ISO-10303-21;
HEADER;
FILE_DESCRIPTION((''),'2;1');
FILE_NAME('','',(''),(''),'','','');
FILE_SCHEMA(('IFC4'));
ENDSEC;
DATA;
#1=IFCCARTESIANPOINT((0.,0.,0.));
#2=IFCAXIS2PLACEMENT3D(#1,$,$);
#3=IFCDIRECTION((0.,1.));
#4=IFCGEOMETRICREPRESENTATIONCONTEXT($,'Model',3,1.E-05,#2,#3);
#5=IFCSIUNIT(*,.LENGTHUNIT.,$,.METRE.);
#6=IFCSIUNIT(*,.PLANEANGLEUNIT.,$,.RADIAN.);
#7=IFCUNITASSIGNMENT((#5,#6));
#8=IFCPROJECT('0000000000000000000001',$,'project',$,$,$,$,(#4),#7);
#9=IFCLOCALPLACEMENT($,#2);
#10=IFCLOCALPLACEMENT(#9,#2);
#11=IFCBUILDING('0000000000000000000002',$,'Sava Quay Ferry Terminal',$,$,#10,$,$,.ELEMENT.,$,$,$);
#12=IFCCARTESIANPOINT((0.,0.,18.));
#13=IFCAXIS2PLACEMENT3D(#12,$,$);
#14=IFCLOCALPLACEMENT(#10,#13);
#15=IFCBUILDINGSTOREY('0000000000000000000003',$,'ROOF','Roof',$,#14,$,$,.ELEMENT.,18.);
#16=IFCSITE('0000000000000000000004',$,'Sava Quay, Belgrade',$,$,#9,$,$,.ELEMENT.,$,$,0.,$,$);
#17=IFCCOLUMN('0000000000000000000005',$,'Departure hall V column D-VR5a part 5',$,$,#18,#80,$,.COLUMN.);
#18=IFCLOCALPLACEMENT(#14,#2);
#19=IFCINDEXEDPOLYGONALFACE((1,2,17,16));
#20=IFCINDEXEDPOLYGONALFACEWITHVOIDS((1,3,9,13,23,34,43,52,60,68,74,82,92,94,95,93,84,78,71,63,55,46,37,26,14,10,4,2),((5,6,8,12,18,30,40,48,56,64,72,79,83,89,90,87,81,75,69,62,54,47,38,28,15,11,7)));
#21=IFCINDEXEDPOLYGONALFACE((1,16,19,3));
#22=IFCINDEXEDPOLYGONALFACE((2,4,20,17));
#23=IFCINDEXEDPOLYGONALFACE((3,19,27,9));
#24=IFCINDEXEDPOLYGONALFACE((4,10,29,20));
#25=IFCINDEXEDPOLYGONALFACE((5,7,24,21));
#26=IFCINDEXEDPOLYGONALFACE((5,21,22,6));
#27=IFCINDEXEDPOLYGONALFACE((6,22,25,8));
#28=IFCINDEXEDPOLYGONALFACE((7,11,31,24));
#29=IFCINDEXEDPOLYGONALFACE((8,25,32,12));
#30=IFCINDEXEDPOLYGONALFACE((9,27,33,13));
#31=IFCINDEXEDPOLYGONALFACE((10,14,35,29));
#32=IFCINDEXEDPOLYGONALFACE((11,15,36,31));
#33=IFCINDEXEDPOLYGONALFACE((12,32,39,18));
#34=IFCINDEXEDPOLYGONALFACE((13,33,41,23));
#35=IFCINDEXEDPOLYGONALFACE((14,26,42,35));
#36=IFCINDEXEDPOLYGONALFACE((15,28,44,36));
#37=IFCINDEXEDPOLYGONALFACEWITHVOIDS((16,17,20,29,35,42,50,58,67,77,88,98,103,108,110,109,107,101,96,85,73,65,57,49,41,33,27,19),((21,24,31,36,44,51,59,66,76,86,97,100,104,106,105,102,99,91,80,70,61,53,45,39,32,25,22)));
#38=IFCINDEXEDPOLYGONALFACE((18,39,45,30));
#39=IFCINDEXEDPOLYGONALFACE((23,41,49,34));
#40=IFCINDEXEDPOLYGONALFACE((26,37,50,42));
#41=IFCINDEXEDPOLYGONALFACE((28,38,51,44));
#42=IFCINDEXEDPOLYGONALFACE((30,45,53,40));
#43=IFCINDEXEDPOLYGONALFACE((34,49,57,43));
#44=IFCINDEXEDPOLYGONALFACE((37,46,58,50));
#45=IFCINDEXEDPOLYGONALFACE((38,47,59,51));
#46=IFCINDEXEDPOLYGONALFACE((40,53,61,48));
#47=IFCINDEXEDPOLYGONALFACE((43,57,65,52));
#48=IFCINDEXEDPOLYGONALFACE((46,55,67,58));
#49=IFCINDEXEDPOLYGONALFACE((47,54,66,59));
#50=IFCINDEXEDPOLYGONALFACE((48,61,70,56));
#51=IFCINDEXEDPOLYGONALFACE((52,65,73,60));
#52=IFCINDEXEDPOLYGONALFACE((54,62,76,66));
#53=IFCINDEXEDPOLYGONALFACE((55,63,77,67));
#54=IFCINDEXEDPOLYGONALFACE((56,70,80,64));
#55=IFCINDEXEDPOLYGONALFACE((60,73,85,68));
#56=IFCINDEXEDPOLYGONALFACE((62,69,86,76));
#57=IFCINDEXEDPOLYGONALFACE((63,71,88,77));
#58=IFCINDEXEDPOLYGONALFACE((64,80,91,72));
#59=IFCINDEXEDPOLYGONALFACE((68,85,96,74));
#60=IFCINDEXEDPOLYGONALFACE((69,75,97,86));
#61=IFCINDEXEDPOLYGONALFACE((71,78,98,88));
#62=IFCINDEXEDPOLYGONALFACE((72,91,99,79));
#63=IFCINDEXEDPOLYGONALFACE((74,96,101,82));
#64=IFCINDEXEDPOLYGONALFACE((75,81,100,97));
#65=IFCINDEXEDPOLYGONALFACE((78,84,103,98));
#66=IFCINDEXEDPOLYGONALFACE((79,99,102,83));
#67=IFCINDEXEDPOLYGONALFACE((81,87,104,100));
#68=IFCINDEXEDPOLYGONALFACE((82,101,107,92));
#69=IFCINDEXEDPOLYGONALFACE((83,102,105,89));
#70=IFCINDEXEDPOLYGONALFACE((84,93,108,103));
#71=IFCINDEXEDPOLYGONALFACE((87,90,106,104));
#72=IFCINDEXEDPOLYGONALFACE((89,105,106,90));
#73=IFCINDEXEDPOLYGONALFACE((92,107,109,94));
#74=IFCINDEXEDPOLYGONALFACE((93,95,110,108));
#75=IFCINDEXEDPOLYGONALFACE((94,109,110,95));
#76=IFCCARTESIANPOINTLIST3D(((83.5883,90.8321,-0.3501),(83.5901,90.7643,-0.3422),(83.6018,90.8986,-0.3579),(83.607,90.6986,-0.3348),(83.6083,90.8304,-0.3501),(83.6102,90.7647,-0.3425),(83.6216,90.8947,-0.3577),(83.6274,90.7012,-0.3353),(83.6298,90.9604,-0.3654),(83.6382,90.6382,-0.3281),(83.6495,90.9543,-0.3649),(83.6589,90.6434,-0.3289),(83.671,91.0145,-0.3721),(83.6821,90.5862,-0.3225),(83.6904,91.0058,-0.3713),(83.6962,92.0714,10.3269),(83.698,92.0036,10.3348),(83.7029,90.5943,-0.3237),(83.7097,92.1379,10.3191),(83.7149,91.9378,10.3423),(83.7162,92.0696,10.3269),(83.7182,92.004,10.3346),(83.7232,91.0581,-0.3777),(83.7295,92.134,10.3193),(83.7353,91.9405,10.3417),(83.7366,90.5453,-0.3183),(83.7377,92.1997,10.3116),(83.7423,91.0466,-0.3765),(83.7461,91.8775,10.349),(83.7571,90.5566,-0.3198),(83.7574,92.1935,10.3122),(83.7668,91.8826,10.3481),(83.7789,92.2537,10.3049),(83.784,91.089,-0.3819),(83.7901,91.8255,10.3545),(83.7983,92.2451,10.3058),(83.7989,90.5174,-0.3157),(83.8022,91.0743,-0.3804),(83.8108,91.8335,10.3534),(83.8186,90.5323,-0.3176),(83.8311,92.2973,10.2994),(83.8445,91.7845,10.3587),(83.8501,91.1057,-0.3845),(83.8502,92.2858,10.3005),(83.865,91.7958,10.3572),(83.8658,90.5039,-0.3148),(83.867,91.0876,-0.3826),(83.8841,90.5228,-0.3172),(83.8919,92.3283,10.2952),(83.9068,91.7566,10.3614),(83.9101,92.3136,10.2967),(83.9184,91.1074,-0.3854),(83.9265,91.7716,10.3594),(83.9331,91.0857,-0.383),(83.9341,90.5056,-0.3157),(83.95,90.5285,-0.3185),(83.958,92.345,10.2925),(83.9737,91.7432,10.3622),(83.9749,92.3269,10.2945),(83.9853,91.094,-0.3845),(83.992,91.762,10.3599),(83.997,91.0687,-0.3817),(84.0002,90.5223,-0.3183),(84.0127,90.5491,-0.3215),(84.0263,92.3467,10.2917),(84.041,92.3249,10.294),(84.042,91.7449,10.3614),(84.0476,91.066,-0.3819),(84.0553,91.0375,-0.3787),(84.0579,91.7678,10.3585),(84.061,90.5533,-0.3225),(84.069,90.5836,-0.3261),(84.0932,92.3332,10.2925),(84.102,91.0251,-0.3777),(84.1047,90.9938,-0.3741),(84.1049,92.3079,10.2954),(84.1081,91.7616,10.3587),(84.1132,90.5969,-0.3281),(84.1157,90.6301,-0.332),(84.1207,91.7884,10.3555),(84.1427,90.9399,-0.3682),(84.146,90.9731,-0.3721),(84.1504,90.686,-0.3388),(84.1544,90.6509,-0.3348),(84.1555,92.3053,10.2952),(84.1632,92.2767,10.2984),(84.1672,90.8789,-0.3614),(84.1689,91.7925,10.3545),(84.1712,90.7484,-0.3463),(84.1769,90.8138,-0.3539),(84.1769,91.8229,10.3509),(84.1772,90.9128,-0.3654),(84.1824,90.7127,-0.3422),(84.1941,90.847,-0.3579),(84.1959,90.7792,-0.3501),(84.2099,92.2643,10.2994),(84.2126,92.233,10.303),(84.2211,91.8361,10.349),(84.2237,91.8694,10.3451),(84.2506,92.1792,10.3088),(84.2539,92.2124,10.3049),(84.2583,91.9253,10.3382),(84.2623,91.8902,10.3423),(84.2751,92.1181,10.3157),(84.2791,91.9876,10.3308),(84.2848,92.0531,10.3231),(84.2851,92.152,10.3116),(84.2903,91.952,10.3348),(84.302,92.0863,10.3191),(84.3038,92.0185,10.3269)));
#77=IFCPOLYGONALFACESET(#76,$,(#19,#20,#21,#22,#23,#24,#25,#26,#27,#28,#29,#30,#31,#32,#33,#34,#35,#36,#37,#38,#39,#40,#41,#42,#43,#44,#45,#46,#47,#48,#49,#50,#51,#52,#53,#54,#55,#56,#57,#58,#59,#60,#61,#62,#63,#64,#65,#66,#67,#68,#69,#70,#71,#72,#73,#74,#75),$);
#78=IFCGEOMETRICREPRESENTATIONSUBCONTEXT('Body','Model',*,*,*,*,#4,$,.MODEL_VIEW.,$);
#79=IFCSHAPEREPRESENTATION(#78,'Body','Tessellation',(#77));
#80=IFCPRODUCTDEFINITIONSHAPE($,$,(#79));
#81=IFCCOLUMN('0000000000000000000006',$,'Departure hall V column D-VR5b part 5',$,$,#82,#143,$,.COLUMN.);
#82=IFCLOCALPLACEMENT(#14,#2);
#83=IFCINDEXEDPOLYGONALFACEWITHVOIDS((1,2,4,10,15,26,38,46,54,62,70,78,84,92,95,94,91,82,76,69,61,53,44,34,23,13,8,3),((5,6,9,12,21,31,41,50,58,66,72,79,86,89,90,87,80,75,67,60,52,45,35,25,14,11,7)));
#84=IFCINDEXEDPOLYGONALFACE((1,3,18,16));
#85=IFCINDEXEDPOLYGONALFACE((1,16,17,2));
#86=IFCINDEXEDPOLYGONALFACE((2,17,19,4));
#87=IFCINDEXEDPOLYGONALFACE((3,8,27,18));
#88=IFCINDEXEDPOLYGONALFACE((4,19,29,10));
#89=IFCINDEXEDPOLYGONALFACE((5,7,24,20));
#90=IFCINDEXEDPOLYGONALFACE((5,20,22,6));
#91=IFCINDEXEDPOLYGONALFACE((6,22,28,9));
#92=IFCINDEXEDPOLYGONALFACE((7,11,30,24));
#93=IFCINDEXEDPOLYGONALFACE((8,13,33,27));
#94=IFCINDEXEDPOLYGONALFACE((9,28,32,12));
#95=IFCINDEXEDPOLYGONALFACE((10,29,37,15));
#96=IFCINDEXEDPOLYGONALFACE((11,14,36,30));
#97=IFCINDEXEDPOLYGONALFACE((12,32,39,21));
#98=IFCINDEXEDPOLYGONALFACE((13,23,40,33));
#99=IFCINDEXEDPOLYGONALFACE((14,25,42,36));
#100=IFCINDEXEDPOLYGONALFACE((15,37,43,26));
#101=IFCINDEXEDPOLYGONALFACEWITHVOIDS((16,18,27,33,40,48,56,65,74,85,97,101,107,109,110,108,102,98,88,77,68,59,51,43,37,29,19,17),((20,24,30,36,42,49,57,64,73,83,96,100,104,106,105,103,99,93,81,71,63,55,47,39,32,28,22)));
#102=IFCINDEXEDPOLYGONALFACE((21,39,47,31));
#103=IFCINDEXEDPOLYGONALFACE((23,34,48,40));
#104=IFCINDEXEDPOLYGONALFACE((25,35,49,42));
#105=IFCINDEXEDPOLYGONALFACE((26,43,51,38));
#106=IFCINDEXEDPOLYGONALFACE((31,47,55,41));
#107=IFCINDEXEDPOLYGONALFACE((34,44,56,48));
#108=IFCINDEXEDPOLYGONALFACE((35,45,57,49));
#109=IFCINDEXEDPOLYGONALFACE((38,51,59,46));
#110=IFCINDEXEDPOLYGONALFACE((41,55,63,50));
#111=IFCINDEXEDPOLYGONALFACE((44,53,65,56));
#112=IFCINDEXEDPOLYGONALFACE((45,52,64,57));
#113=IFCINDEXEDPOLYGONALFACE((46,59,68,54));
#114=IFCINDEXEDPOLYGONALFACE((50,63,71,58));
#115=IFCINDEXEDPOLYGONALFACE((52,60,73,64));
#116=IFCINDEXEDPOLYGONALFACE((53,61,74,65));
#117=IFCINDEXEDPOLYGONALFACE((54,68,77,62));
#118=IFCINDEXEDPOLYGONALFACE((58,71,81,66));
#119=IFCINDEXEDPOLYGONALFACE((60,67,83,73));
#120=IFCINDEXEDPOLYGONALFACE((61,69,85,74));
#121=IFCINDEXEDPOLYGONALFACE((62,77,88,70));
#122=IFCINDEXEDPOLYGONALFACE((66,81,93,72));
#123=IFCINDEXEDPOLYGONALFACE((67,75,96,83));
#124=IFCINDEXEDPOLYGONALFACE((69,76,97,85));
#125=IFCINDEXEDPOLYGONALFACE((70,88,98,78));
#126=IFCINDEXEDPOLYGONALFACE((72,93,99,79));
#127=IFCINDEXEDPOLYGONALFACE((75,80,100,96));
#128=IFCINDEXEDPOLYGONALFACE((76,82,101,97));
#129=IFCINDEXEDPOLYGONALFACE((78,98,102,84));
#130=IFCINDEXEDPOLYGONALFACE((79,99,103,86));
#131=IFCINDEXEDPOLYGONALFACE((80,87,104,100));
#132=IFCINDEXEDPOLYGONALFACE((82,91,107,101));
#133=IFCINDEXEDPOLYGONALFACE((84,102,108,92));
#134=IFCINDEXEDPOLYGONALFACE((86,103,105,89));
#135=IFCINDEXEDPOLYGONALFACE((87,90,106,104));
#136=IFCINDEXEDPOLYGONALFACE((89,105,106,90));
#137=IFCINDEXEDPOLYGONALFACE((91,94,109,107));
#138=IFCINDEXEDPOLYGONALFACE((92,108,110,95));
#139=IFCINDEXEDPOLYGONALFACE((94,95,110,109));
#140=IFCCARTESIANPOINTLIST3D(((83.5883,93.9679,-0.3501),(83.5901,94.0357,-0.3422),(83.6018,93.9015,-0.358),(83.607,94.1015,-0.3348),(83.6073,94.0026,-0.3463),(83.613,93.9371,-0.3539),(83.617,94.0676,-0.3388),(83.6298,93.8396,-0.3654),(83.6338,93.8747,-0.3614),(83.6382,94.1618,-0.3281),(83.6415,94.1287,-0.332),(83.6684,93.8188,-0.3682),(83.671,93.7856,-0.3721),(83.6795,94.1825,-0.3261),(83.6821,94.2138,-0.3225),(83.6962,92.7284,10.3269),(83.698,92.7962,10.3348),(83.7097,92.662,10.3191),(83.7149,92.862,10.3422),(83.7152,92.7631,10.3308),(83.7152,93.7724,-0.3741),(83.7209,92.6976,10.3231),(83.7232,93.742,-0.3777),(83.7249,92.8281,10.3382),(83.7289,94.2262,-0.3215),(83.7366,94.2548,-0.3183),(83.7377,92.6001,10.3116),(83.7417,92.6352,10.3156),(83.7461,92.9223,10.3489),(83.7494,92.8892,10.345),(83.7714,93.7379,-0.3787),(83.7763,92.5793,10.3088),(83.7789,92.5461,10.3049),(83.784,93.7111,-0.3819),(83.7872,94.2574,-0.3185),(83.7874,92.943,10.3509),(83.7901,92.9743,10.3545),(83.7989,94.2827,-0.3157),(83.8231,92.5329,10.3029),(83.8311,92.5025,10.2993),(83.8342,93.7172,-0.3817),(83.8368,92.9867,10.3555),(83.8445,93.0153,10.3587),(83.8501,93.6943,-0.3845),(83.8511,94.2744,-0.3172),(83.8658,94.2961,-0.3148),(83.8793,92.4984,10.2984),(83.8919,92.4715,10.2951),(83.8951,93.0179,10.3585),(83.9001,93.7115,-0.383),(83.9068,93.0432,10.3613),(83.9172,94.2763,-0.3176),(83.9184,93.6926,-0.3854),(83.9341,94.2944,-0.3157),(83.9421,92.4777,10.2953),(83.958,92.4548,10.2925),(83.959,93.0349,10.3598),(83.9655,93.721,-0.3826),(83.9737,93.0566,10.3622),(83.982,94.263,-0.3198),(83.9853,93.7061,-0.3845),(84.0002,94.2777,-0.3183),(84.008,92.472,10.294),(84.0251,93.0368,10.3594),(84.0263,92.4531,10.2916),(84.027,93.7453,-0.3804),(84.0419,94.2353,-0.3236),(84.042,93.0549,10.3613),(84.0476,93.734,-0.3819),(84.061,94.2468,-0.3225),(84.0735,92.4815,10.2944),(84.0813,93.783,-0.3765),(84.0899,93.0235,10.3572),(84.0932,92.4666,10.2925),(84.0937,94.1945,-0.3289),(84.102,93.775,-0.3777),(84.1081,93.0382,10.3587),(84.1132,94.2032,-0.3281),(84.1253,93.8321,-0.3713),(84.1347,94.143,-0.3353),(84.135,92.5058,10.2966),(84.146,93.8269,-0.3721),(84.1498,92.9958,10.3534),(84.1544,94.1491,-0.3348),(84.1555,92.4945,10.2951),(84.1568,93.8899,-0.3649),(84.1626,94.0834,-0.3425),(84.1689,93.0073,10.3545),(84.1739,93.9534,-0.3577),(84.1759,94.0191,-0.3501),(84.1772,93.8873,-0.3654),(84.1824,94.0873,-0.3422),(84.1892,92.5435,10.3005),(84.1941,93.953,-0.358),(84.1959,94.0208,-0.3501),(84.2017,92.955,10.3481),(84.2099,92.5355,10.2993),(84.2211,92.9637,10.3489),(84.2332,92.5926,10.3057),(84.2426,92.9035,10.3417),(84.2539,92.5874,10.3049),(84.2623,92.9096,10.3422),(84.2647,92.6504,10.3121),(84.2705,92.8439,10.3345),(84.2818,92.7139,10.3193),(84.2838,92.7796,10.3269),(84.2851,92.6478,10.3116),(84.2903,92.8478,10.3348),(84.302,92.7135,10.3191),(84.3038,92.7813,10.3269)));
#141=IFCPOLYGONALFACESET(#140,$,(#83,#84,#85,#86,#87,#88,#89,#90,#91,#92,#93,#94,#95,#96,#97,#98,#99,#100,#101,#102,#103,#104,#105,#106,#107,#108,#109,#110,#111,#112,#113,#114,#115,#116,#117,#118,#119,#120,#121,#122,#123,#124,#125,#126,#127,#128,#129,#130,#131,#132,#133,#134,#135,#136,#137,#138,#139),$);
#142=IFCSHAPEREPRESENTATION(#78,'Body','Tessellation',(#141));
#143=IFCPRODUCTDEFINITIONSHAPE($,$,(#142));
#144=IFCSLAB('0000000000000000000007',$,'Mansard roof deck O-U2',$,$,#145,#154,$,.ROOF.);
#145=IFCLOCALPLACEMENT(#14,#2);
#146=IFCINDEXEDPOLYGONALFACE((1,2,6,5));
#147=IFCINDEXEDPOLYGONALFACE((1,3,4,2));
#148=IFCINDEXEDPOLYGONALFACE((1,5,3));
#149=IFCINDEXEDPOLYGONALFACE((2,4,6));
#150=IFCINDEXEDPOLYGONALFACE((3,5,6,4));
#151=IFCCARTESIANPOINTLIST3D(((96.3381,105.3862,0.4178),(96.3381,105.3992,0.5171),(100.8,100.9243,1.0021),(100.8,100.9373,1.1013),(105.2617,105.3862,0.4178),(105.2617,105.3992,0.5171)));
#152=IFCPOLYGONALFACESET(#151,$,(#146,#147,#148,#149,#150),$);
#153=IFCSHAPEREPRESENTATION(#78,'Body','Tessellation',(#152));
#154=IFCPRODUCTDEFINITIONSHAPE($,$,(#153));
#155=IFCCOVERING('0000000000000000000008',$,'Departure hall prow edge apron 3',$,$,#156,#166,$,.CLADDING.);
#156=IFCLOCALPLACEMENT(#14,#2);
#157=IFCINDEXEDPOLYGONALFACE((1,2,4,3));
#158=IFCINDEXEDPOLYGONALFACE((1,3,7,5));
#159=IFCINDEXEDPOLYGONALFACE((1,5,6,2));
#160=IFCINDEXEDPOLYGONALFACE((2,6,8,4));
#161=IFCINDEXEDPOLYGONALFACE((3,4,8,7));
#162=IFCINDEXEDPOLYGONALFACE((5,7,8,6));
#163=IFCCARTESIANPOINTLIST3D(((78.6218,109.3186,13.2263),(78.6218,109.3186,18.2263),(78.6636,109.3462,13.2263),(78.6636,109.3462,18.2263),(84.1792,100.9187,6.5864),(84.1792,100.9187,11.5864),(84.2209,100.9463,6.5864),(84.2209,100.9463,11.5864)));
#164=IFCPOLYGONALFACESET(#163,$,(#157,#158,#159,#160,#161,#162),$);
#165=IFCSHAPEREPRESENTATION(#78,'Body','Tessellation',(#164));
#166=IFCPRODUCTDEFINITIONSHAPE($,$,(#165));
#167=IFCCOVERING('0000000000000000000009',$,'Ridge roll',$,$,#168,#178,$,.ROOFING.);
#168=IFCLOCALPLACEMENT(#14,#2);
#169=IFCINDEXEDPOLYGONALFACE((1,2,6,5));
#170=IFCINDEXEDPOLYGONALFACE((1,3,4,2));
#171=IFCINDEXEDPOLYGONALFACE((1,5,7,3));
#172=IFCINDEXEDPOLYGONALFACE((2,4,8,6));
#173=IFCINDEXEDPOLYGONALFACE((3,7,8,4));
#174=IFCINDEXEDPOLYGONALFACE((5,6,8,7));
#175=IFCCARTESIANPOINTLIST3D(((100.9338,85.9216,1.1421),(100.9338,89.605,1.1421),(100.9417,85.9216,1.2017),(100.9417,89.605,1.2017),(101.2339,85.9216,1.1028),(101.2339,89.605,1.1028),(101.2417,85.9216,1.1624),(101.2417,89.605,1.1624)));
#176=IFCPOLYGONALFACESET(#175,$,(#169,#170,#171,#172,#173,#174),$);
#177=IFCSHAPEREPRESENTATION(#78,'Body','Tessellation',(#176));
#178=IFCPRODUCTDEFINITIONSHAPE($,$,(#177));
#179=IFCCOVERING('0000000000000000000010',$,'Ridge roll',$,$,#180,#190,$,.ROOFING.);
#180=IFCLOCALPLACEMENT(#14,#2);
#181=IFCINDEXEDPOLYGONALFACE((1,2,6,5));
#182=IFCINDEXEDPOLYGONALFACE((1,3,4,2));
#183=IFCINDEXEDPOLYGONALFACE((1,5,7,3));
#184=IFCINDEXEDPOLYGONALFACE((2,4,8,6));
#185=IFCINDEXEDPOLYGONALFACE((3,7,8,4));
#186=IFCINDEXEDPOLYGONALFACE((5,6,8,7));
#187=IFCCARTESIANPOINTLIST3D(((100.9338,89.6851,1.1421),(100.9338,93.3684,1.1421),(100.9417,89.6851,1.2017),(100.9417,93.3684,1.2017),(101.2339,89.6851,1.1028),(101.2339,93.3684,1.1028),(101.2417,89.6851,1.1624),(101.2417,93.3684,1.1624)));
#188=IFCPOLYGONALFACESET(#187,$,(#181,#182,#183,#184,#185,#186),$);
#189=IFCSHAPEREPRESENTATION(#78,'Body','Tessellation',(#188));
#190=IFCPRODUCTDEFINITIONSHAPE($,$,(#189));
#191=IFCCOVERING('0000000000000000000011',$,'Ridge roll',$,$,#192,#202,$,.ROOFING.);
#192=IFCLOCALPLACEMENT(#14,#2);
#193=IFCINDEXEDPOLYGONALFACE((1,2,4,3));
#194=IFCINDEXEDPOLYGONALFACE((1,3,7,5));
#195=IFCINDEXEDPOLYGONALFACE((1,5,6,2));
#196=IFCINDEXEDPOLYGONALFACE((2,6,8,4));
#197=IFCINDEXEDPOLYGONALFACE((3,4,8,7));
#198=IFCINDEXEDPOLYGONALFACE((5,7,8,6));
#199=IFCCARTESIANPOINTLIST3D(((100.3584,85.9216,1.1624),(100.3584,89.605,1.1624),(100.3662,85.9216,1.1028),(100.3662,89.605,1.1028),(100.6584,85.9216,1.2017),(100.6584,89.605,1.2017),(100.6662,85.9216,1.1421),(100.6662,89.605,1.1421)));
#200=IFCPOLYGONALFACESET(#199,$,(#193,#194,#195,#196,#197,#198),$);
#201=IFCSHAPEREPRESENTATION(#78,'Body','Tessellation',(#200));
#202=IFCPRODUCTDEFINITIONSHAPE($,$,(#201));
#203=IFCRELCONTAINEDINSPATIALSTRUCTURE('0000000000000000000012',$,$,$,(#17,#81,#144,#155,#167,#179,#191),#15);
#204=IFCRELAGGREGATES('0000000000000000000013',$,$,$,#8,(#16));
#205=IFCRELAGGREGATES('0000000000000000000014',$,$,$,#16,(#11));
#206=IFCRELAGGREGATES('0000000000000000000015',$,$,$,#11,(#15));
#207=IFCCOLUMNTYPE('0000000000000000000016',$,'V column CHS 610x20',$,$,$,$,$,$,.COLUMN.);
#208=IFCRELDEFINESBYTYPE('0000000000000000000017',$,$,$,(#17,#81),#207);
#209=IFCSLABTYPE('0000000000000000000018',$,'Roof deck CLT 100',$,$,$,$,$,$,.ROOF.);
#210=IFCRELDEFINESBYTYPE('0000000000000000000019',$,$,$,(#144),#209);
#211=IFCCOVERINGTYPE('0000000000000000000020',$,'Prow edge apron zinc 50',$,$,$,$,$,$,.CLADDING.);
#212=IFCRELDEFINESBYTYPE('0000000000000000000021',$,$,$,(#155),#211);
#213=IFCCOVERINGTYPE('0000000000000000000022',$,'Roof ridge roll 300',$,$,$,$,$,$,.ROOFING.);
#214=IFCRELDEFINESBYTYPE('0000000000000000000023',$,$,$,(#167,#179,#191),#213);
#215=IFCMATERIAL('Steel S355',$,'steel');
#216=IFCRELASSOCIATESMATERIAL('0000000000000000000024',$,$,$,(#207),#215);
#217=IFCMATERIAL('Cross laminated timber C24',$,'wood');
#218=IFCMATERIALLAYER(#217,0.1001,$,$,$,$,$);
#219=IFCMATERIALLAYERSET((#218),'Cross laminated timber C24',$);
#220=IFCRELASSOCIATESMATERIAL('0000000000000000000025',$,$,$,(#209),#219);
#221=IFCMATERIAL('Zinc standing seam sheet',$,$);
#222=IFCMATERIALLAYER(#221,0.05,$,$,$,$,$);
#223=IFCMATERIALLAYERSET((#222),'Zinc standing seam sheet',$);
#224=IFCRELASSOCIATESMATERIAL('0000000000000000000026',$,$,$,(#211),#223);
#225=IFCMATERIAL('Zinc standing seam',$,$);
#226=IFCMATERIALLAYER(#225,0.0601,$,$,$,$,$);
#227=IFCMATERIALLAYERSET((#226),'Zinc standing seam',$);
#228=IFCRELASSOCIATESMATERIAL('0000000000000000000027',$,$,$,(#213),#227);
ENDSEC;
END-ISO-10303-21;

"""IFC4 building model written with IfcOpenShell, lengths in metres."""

from ifc_helpers import new_model, si_unit, direction, frame, origin, origin_2d, place, context, subcontext, project, spatial, polyline, hollow_circle, outline, extrude, material, layer, layer_set, material_profile, profile_set, type_object, element, save


model = new_model("IFC4")

# Units and contexts
model_context = context("Model", 3, precision=1e-05, world=origin(), true_north=direction((0.0, 1.0)))
body_context = subcontext(model_context, "Body", "Model", "MODEL_VIEW")
ifc_project = project(units=[si_unit("LENGTHUNIT", "METRE"), si_unit("PLANEANGLEUNIT", "RADIAN")], contexts=[model_context])

# Site, building, storey
site_placement = place(None, origin())
site = spatial("IfcSite", under=ifc_project, at=site_placement, Name="Sava Quay, Belgrade", CompositionType="ELEMENT", RefElevation=0.0)
building_placement = place(site_placement, origin())
building = spatial("IfcBuilding", under=site, at=building_placement, Name="Sava Quay Ferry Terminal", CompositionType="ELEMENT")
storey_placement = place(building_placement, frame((0.0, 0.0, 18.0)))
storey = spatial("IfcBuildingStorey", under=building, at=storey_placement, Name="ROOF", Description="Roof", CompositionType="ELEMENT", Elevation=18.0)

# Columns
ifc_material_1 = material(Name="Steel S355", Category="steel")
ifc_material_profile = material_profile(ifc_material_1, hollow_circle(Radius=0.3049, WallThickness=0.02, at=origin_2d()), Name="CHS 610 x 20.0")
ifc_profile_set = profile_set([ifc_material_profile], Name="Steel S355")
column_type = type_object("IfcColumnType", Name="V column CHS 610x20", PredefinedType="COLUMN", material=ifc_profile_set)
for number, where, z_axis, x_axis, name in (
    (1, (83.8921, 90.8057, -0.3501), (0.010039, 0.115288, 0.993281), (-0.99623, 0.086748, 0.0), "Departure hall V column D-VR5a part 5"),
    (2, (83.8921, 93.9944, -0.3501), (0.010039, -0.115311, 0.993279), (0.996232, 0.086731, 0.0), "Departure hall V column D-VR5b part 5"),
):
    element("IfcColumn", number, at=place(storey_placement, frame(where, z_axis=z_axis, x_axis=x_axis)), inside=storey, type_object=column_type, Name=name, PredefinedType="COLUMN", context=body_context, shape_type="SweptSolid", body=[
        extrude(hollow_circle(Radius=0.3049, WallThickness=0.02, at=origin_2d()), origin(), (0.0, 0.0, 1.0), 10.7493),
    ])

# Slab
ifc_material_2 = material(Name="Cross laminated timber C24", Category="wood")
ifc_layer_1 = layer(ifc_material_2, 0.1001)
ifc_layer_set_1 = layer_set([ifc_layer_1], Name="Cross laminated timber C24")
slab_type = type_object("IfcSlabType", Name="Roof deck CLT 100", PredefinedType="ROOF", material=ifc_layer_set_1)
slab_1_placement = place(storey_placement, frame((105.2617, 105.3992, 0.5171), z_axis=(0.0, 0.129829, 0.991536), x_axis=(-0.704076, -0.704114, 0.092194)))
element("IfcSlab", 3, at=slab_1_placement, inside=storey, type_object=slab_type, Name="Mansard roof deck O-U2", PredefinedType="ROOF", context=body_context, shape_type="SweptSolid", body=[
    extrude(outline(polyline([(0.0, 0.0), (6.3369, 0.0), (6.2829, -6.3369), (0.0, 0.0)])), origin(), (0.0, 0.0, -1.0), 0.1001),
])

# Coverings
ifc_material_3 = material(Name="Zinc standing seam sheet")
ifc_layer_2 = layer(ifc_material_3, 0.05)
ifc_layer_set_2 = layer_set([ifc_layer_2], Name="Zinc standing seam sheet")
covering_type_1 = type_object("IfcCoveringType", Name="Prow edge apron zinc 50", PredefinedType="CLADDING", material=ifc_layer_set_2)
covering_1_placement = place(storey_placement, frame((84.2209, 100.9463, 6.5864), z_axis=(0.833996, 0.551771, 0.0), x_axis=(-0.460672, 0.6963, 0.550406)))
element("IfcCovering", 4, at=covering_1_placement, inside=storey, type_object=covering_type_1, Name="Departure hall prow edge apron 3", PredefinedType="CLADDING", context=body_context, shape_type="SweptSolid", body=[
    extrude(outline(polyline([(0.0, 0.0), (12.0636, 0.0), (14.8157, 4.1745), (2.752, 4.1745), (0.0, 0.0)])), origin(), (0.0, 0.0, -1.0), 0.05),
])
ifc_material_4 = material(Name="Zinc standing seam")
ifc_layer_3 = layer(ifc_material_4, 0.0601)
ifc_layer_set_3 = layer_set([ifc_layer_3], Name="Zinc standing seam")
covering_type_2 = type_object("IfcCoveringType", Name="Roof ridge roll 300", PredefinedType="ROOFING", material=ifc_layer_set_3)
for number, where, z_axis, x_axis, name in (
    (5, (100.9417, 85.9216, 1.2017), (0.129891, 0.0, 0.991528), (0.0, 1.0, 0.0), "Ridge roll"),
    (6, (100.9417, 89.6851, 1.2017), (0.129891, 0.0, 0.991528), (0.0, 1.0, 0.0), "Ridge roll"),
    (7, (100.3584, 85.9216, 1.1624), (-0.129891, 0.0, 0.991528), (0.0, 1.0, 0.0), "Ridge roll"),
):
    element("IfcCovering", number, at=place(storey_placement, frame(where, z_axis=z_axis, x_axis=x_axis)), inside=storey, type_object=covering_type_2, Name=name, PredefinedType="ROOFING", context=body_context, shape_type="SweptSolid", body=[
        extrude(outline(polyline([(0.0, 0.0), (3.6833, 0.0), (3.6833, -0.3026), (0.0, -0.3026), (0.0, 0.0)])), origin(), (0.0, 0.0, -1.0), 0.0601),
    ])

save(model, "model.ifc")
